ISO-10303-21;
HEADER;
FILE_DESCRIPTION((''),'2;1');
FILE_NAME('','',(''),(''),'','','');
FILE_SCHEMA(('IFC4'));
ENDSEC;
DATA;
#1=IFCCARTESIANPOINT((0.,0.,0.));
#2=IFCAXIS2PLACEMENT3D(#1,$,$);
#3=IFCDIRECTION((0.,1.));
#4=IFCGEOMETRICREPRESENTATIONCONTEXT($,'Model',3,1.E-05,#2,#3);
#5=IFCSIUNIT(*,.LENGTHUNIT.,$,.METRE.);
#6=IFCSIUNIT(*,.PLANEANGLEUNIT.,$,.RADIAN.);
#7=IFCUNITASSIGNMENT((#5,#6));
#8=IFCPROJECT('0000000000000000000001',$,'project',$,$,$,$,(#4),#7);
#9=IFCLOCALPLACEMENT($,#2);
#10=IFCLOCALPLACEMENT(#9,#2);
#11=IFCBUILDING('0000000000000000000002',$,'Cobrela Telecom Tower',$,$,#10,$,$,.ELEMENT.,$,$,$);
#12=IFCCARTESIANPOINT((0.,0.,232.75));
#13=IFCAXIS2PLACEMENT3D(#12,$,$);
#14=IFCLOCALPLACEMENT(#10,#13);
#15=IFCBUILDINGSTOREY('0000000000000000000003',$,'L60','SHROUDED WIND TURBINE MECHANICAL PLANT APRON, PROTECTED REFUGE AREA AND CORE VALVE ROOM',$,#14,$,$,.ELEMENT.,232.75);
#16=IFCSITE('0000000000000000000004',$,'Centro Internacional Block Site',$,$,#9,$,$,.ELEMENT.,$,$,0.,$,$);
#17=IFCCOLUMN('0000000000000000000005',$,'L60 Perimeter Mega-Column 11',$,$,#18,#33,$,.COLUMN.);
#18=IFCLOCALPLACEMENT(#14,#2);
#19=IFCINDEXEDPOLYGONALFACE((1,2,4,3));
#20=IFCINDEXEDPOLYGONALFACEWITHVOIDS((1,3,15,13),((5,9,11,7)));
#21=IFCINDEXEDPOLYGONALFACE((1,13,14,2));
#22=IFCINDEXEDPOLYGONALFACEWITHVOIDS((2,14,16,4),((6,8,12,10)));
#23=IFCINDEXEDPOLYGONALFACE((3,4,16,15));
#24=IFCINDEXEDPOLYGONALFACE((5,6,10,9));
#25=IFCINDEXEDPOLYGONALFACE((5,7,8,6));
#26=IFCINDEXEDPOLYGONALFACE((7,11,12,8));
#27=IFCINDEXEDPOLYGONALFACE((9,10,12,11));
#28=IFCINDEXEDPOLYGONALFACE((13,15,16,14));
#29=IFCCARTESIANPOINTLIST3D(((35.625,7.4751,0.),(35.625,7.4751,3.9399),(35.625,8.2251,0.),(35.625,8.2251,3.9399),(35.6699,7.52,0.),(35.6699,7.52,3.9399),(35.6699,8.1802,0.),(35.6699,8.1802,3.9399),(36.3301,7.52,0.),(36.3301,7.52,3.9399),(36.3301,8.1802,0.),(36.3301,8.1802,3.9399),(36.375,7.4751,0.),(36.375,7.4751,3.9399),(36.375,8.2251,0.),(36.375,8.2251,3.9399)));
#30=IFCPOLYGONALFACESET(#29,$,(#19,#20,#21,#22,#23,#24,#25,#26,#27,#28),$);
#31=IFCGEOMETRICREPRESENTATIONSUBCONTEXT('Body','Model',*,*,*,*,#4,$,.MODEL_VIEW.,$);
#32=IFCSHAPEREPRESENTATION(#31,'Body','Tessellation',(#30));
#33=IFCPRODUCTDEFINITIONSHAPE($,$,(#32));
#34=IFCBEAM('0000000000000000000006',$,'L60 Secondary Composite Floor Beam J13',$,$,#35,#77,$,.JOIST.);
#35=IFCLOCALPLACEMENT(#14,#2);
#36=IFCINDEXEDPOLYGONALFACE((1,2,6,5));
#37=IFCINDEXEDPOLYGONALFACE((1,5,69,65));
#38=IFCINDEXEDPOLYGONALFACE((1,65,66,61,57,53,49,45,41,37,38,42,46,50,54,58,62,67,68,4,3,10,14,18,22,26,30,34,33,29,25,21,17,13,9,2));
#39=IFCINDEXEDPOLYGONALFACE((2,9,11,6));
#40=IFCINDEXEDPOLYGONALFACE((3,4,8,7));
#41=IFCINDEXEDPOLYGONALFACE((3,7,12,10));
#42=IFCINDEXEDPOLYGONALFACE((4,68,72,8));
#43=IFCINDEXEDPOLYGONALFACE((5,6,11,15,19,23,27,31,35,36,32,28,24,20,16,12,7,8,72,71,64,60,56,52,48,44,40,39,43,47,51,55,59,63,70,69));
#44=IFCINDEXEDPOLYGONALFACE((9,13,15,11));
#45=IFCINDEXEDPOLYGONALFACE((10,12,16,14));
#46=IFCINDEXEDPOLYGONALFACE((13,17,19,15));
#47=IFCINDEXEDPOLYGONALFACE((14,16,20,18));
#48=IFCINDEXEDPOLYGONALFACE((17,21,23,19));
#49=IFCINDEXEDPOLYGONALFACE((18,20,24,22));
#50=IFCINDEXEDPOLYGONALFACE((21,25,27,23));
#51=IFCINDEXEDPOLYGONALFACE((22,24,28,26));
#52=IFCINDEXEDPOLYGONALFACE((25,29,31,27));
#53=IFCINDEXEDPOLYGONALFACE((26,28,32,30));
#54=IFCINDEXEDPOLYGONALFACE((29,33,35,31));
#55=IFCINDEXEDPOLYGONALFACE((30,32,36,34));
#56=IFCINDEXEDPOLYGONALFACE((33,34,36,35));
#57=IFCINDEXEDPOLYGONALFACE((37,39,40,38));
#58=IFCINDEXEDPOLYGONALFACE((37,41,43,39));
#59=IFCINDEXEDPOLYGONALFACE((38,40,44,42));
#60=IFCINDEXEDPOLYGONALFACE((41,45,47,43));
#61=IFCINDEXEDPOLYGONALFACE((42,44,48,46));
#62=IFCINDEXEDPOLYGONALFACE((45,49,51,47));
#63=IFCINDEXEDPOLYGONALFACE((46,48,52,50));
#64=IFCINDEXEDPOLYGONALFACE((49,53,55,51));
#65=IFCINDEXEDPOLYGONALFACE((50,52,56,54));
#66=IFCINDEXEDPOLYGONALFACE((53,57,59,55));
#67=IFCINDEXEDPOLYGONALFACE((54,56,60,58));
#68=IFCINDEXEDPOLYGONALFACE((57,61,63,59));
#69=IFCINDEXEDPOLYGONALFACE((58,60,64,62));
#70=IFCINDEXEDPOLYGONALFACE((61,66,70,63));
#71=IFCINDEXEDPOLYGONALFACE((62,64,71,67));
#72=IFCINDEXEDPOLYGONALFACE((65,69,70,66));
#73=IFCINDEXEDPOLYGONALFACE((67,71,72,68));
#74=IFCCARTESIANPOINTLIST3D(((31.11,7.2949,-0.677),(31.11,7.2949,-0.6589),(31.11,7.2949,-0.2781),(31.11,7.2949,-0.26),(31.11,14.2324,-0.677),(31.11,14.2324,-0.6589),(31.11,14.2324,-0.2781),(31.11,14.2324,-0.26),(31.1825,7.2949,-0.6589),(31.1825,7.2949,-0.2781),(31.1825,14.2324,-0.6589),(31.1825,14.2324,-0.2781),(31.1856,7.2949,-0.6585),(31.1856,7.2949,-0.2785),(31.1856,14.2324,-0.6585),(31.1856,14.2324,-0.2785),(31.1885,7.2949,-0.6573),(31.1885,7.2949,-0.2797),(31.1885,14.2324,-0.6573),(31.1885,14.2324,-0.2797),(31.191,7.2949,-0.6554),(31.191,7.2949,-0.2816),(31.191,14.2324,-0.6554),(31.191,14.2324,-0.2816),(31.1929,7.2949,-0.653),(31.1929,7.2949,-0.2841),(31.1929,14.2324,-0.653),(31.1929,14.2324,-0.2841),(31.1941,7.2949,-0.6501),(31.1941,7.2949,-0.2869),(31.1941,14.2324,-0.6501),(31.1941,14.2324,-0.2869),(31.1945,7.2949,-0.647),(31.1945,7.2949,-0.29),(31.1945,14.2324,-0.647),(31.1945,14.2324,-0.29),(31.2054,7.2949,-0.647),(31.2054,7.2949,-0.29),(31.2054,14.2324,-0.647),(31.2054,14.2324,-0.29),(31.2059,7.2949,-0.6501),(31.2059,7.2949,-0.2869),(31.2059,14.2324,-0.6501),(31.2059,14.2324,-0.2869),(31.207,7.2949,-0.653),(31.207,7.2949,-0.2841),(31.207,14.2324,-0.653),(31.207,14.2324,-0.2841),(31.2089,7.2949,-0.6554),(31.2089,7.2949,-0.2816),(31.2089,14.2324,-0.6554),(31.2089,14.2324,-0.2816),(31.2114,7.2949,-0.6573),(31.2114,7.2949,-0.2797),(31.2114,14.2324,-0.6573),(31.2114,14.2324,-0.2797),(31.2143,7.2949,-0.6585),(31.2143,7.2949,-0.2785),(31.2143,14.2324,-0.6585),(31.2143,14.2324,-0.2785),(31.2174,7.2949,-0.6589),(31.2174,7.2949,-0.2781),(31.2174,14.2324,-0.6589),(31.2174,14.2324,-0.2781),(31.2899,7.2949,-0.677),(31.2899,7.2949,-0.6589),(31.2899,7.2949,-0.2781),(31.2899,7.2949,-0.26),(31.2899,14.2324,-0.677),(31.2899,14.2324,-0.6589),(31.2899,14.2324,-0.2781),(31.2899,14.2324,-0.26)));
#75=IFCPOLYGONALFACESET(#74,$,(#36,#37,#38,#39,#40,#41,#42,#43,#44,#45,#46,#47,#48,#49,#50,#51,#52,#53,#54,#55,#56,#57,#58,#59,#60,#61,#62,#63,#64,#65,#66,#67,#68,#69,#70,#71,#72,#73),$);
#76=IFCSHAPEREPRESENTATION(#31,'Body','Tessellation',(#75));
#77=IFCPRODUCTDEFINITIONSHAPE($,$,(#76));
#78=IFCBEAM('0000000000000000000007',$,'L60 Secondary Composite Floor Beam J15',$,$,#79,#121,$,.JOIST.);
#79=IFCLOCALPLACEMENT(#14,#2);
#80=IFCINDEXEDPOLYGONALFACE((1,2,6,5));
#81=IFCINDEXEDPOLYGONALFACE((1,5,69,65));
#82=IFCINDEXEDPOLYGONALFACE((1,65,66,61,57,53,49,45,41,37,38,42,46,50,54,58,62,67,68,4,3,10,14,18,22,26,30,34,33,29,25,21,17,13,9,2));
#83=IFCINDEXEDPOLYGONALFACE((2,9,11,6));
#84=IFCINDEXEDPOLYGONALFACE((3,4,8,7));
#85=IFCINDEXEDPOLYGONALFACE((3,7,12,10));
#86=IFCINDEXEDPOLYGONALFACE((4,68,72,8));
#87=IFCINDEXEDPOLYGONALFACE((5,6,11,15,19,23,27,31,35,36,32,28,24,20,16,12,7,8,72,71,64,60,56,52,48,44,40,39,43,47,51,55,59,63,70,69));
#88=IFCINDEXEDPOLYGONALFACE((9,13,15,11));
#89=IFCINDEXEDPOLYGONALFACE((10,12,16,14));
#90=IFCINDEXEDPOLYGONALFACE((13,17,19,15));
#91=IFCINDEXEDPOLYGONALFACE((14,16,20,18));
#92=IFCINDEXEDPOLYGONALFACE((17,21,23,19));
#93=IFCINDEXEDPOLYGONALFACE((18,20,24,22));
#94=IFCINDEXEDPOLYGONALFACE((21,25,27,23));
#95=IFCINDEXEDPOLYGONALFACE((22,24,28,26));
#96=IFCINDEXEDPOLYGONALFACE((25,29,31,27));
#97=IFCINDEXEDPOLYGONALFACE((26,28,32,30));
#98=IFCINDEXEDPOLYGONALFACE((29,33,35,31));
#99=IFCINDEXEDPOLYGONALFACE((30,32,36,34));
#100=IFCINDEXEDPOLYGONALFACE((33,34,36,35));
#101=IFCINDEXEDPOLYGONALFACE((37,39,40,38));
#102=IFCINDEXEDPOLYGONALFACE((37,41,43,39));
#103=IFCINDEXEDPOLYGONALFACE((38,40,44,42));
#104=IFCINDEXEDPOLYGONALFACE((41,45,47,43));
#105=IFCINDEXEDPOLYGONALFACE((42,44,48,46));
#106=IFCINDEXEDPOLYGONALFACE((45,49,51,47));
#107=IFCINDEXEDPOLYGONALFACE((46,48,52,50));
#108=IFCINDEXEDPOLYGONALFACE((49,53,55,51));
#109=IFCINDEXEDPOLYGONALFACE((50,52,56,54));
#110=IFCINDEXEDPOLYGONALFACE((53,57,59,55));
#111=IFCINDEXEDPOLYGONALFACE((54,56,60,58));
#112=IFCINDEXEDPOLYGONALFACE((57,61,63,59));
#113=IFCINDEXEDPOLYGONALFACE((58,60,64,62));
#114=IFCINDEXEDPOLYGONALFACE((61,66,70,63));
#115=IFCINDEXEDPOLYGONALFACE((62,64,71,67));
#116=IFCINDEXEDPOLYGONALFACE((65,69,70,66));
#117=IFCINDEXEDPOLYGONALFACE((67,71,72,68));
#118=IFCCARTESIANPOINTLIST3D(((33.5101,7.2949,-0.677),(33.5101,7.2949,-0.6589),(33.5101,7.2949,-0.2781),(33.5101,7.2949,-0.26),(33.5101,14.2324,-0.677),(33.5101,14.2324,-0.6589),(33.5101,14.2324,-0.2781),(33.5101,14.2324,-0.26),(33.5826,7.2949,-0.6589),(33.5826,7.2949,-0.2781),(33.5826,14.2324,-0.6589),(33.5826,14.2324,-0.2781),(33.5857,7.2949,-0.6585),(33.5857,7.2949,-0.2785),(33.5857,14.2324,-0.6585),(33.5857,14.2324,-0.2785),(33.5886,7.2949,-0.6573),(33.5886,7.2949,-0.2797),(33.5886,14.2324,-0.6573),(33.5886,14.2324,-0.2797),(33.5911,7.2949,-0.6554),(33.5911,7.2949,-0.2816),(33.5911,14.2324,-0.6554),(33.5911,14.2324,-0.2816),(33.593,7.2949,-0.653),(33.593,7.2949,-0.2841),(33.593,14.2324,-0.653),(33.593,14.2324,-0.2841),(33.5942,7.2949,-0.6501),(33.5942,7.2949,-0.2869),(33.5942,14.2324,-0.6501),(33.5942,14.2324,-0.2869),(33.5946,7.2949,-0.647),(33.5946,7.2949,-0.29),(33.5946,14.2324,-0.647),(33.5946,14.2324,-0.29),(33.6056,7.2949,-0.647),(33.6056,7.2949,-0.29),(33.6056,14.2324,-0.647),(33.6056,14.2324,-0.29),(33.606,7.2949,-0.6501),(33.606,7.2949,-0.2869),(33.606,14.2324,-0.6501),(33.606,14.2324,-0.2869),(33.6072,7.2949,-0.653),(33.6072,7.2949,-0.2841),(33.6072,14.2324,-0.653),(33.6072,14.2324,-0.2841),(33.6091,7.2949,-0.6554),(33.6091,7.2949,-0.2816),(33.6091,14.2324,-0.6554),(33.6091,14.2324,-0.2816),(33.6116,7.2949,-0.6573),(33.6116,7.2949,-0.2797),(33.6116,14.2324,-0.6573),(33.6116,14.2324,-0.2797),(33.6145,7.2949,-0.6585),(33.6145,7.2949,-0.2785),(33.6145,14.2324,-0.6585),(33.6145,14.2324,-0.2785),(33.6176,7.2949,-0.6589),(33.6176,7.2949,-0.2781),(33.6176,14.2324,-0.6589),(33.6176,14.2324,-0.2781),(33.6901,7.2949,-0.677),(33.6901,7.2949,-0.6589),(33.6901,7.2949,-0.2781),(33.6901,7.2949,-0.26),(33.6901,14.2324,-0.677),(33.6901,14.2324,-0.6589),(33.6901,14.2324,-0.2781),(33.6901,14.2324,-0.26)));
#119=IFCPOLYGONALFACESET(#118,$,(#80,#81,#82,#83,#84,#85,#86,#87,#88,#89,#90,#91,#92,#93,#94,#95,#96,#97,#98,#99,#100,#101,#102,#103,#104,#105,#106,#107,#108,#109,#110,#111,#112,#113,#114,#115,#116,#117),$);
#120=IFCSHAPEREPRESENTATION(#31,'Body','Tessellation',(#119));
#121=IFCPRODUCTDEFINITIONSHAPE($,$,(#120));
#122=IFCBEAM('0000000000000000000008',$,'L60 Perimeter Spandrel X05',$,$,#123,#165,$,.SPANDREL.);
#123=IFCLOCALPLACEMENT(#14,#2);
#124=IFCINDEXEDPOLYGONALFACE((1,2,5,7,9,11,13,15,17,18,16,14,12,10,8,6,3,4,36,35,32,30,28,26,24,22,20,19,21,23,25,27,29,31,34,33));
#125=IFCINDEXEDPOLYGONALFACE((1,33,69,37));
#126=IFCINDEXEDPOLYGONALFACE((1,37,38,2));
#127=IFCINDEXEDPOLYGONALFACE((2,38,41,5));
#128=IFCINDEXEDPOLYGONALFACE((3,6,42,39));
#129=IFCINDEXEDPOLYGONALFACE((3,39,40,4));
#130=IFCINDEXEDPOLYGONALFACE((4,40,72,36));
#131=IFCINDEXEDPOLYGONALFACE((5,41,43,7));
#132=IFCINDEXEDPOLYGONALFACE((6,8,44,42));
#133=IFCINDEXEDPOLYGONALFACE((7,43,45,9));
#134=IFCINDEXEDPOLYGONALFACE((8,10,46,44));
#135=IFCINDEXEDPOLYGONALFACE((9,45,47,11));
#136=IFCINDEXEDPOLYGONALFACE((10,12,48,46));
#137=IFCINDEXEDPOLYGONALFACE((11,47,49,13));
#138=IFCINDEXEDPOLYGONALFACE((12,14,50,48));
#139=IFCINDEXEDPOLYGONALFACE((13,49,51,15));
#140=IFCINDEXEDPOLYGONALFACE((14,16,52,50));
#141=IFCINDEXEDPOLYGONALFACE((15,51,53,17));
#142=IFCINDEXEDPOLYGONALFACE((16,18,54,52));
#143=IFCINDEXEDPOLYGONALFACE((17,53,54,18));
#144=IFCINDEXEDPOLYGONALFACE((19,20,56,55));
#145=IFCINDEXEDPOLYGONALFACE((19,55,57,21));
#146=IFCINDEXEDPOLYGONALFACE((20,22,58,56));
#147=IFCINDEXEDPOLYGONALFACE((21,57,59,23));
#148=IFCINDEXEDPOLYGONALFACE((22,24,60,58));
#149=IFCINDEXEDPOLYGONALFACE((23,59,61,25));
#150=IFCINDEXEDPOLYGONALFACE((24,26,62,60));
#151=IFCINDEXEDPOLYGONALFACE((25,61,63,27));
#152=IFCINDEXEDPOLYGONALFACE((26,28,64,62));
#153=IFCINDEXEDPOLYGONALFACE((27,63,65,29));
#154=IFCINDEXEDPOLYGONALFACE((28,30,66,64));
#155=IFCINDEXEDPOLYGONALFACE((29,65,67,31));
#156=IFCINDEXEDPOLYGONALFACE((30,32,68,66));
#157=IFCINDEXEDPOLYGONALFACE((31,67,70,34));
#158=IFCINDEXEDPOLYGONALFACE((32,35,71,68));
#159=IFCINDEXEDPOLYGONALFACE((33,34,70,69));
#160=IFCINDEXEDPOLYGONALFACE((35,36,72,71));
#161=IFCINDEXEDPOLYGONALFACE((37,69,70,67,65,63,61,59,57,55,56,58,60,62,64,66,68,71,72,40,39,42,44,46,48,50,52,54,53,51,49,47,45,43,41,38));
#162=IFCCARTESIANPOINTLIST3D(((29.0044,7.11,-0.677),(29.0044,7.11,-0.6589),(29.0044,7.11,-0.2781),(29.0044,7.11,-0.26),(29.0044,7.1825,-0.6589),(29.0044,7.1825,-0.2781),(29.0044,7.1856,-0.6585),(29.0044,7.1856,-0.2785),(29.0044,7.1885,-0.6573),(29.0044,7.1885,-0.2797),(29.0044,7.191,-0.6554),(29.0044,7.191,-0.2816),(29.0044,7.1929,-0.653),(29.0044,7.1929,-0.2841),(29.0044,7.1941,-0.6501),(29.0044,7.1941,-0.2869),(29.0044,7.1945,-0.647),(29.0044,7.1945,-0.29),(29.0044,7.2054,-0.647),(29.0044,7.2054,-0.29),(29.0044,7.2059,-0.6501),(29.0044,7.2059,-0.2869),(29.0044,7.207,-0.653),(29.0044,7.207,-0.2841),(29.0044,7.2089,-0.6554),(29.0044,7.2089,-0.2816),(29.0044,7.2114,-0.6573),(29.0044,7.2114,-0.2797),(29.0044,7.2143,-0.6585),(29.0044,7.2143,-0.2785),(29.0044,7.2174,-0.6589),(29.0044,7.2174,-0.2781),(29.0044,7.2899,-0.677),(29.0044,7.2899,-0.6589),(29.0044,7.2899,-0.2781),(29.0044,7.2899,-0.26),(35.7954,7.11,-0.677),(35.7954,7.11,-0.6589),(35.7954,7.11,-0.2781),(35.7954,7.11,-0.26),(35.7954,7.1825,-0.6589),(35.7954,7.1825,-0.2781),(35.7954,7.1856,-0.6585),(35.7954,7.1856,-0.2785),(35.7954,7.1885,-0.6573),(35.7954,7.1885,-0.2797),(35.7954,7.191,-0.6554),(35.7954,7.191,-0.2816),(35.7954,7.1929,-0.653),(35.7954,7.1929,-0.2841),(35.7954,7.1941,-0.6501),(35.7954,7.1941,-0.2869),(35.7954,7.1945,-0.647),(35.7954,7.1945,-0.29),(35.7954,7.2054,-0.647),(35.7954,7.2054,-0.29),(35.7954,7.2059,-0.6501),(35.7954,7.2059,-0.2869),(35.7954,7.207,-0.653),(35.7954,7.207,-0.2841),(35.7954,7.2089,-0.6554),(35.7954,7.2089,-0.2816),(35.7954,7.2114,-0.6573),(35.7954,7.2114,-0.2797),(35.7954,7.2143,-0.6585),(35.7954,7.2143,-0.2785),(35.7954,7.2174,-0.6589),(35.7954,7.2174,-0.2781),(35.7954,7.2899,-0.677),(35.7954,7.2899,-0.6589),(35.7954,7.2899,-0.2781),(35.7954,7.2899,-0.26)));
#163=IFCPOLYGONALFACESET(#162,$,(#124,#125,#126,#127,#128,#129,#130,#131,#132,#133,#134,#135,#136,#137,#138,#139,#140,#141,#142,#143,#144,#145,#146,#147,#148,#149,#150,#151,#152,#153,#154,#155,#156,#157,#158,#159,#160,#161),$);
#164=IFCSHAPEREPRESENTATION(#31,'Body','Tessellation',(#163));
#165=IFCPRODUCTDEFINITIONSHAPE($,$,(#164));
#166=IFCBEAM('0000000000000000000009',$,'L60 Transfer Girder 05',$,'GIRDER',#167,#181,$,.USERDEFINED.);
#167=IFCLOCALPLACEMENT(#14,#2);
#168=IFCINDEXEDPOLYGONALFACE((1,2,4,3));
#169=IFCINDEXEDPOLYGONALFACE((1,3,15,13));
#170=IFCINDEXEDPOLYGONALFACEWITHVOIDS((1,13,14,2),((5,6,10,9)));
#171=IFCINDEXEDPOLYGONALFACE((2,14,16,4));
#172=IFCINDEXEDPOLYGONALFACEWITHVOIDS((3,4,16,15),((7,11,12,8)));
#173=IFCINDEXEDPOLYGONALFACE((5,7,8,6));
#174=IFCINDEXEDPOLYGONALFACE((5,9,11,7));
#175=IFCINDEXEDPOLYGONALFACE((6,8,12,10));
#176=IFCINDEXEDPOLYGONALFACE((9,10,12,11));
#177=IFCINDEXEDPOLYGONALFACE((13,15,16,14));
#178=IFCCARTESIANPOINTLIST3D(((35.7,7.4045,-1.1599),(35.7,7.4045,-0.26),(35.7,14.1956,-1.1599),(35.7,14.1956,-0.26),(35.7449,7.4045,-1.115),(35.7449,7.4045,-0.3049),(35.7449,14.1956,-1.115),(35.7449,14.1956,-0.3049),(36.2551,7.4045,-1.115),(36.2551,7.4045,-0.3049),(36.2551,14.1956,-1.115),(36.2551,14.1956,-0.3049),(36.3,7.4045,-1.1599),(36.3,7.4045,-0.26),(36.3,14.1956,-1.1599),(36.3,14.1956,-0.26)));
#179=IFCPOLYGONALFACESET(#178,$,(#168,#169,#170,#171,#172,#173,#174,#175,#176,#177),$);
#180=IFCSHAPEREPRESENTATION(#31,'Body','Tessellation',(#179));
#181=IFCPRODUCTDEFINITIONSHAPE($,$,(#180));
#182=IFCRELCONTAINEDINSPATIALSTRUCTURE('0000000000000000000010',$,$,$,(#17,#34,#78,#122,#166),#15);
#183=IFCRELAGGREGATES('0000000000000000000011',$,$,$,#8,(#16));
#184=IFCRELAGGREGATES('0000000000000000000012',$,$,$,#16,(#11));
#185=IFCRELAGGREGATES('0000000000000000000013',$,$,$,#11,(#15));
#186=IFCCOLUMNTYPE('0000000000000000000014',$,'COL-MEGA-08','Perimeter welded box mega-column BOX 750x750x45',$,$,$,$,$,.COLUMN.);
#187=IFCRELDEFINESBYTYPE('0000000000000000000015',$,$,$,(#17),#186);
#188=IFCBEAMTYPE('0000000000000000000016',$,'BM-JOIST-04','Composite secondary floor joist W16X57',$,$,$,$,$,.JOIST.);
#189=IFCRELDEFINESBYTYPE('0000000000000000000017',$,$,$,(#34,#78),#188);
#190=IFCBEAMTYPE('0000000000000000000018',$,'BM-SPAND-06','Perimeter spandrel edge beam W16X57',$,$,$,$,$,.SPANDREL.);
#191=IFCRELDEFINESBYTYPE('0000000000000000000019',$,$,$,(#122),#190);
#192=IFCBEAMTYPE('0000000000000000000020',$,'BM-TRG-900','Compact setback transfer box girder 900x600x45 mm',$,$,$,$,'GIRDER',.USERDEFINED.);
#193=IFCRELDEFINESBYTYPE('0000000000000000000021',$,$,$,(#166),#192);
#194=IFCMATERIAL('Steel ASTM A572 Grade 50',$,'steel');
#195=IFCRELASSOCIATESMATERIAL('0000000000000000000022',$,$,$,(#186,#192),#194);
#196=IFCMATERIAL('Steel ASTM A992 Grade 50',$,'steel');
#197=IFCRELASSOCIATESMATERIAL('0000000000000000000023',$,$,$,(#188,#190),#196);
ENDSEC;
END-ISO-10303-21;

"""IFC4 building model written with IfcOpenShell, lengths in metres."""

from ifc_helpers import new_model, si_unit, direction, frame, origin, origin_2d, place, context, subcontext, project, spatial, hollow_rectangle, i_section, extrude, material, material_profile, profile_set, type_object, element, save


model = new_model("IFC4")

# Units and contexts
model_context = context("Model", 3, precision=1e-05, world=origin(), true_north=direction((0.0, 1.0)))
body_context = subcontext(model_context, "Body", "Model", "MODEL_VIEW")
ifc_project = project(units=[si_unit("LENGTHUNIT", "METRE"), si_unit("PLANEANGLEUNIT", "RADIAN")], contexts=[model_context])

# Site, building, storey
site_placement = place(None, origin())
site = spatial("IfcSite", under=ifc_project, at=site_placement, Name="Centro Internacional Block Site", CompositionType="ELEMENT", RefElevation=0.0)
building_placement = place(site_placement, origin())
building = spatial("IfcBuilding", under=site, at=building_placement, Name="Cobrela Telecom Tower", CompositionType="ELEMENT")
storey_placement = place(building_placement, frame((0.0, 0.0, 232.75)))
storey = spatial("IfcBuildingStorey", under=building, at=storey_placement, Name="L60", Description="SHROUDED WIND TURBINE MECHANICAL PLANT APRON, PROTECTED REFUGE AREA AND CORE VALVE ROOM", CompositionType="ELEMENT", Elevation=232.75)

# Column
ifc_material_1 = material(Name="Steel ASTM A572 Grade 50", Category="steel")
ifc_material_profile_1 = material_profile(ifc_material_1, hollow_rectangle(XDim=0.75, YDim=0.75, WallThickness=0.0449, at=origin_2d()), Name="BOX 750x750x45")
ifc_profile_set_1 = profile_set([ifc_material_profile_1], Name="Steel ASTM A572 Grade 50")
column_type = type_object("IfcColumnType", Name="COL-MEGA-08", Description="Perimeter welded box mega-column BOX 750x750x45", PredefinedType="COLUMN", material=ifc_profile_set_1)
column_placement = place(storey_placement, frame((36.0, 7.8501, 0.0), z_axis=(0.0, 0.0, 1.0), x_axis=(1.0, 0.0, 0.0)))
element("IfcColumn", 1, at=column_placement, inside=storey, type_object=column_type, Name="L60 Perimeter Mega-Column 11", PredefinedType="COLUMN", context=body_context, shape_type="SweptSolid", body=[
    extrude(hollow_rectangle(XDim=0.75, YDim=0.75, WallThickness=0.0449, at=origin_2d()), origin(), (0.0, 0.0, 1.0), 3.9399),
])

# Beams
ifc_material_2 = material(Name="Steel ASTM A992 Grade 50", Category="steel")
ifc_material_profile_2 = material_profile(ifc_material_2, i_section(OverallWidth=0.1799, OverallDepth=0.417, WebThickness=0.011, FlangeThickness=0.0181, FilletRadius=0.012, at=origin_2d()), Name="W16X57")
ifc_profile_set_2 = profile_set([ifc_material_profile_2], Name="Steel ASTM A992 Grade 50")
beam_type_1 = type_object("IfcBeamType", Name="BM-JOIST-04", Description="Composite secondary floor joist W16X57", PredefinedType="JOIST", material=ifc_profile_set_2)
for number, where, z_axis, x_axis, name in (
    (2, (31.2, 7.2949, -0.4685), (0.0, 1.0, 0.0), (-1.0, 0.0, 0.0), "L60 Secondary Composite Floor Beam J13"),
    (3, (33.6001, 7.2949, -0.4685), (0.0, 1.0, 0.0), (-1.0, 0.0, 0.0), "L60 Secondary Composite Floor Beam J15"),
):
    element("IfcBeam", number, at=place(storey_placement, frame(where, z_axis=z_axis, x_axis=x_axis)), inside=storey, type_object=beam_type_1, Name=name, PredefinedType="JOIST", context=body_context, shape_type="SweptSolid", body=[
        extrude(i_section(OverallWidth=0.1799, OverallDepth=0.417, WebThickness=0.011, FlangeThickness=0.0181, FilletRadius=0.012, at=origin_2d()), origin(), (0.0, 0.0, 1.0), 6.9375),
    ])
ifc_material_profile_3 = material_profile(ifc_material_2, i_section(OverallWidth=0.1799, OverallDepth=0.417, WebThickness=0.011, FlangeThickness=0.0181, FilletRadius=0.012, at=origin_2d()), Name="W16X57")
ifc_profile_set_3 = profile_set([ifc_material_profile_3], Name="Steel ASTM A992 Grade 50")
beam_type_2 = type_object("IfcBeamType", Name="BM-SPAND-06", Description="Perimeter spandrel edge beam W16X57", PredefinedType="SPANDREL", material=ifc_profile_set_3)
beam_1_placement = place(storey_placement, frame((29.0044, 7.2, -0.4685), z_axis=(1.0, 0.0, 0.0), x_axis=(0.0, 1.0, 0.0)))
element("IfcBeam", 4, at=beam_1_placement, inside=storey, type_object=beam_type_2, Name="L60 Perimeter Spandrel X05", PredefinedType="SPANDREL", context=body_context, shape_type="SweptSolid", body=[
    extrude(i_section(OverallWidth=0.1799, OverallDepth=0.417, WebThickness=0.011, FlangeThickness=0.0181, FilletRadius=0.012, at=origin_2d()), origin(), (0.0, 0.0, 1.0), 6.791),
])
ifc_material_profile_4 = material_profile(ifc_material_1, hollow_rectangle(XDim=0.6001, YDim=0.8999, WallThickness=0.0449, at=origin_2d()), Name="BOX 900x600x45")
ifc_profile_set_4 = profile_set([ifc_material_profile_4], Name="Steel ASTM A572 Grade 50")
beam_type_3 = type_object("IfcBeamType", Name="BM-TRG-900", Description="Compact setback transfer box girder 900x600x45 mm", ElementType="GIRDER", PredefinedType="USERDEFINED", material=ifc_profile_set_4)
beam_2_placement = place(storey_placement, frame((36.0, 7.4045, -0.71), z_axis=(0.0, 1.0, 0.0), x_axis=(-1.0, 0.0, 0.0)))
element("IfcBeam", 5, at=beam_2_placement, inside=storey, type_object=beam_type_3, Name="L60 Transfer Girder 05", ObjectType="GIRDER", PredefinedType="USERDEFINED", context=body_context, shape_type="SweptSolid", body=[
    extrude(hollow_rectangle(XDim=0.6001, YDim=0.8999, WallThickness=0.0449, at=origin_2d()), origin(), (0.0, 0.0, 1.0), 6.791),
])

save(model, "model.ifc")
